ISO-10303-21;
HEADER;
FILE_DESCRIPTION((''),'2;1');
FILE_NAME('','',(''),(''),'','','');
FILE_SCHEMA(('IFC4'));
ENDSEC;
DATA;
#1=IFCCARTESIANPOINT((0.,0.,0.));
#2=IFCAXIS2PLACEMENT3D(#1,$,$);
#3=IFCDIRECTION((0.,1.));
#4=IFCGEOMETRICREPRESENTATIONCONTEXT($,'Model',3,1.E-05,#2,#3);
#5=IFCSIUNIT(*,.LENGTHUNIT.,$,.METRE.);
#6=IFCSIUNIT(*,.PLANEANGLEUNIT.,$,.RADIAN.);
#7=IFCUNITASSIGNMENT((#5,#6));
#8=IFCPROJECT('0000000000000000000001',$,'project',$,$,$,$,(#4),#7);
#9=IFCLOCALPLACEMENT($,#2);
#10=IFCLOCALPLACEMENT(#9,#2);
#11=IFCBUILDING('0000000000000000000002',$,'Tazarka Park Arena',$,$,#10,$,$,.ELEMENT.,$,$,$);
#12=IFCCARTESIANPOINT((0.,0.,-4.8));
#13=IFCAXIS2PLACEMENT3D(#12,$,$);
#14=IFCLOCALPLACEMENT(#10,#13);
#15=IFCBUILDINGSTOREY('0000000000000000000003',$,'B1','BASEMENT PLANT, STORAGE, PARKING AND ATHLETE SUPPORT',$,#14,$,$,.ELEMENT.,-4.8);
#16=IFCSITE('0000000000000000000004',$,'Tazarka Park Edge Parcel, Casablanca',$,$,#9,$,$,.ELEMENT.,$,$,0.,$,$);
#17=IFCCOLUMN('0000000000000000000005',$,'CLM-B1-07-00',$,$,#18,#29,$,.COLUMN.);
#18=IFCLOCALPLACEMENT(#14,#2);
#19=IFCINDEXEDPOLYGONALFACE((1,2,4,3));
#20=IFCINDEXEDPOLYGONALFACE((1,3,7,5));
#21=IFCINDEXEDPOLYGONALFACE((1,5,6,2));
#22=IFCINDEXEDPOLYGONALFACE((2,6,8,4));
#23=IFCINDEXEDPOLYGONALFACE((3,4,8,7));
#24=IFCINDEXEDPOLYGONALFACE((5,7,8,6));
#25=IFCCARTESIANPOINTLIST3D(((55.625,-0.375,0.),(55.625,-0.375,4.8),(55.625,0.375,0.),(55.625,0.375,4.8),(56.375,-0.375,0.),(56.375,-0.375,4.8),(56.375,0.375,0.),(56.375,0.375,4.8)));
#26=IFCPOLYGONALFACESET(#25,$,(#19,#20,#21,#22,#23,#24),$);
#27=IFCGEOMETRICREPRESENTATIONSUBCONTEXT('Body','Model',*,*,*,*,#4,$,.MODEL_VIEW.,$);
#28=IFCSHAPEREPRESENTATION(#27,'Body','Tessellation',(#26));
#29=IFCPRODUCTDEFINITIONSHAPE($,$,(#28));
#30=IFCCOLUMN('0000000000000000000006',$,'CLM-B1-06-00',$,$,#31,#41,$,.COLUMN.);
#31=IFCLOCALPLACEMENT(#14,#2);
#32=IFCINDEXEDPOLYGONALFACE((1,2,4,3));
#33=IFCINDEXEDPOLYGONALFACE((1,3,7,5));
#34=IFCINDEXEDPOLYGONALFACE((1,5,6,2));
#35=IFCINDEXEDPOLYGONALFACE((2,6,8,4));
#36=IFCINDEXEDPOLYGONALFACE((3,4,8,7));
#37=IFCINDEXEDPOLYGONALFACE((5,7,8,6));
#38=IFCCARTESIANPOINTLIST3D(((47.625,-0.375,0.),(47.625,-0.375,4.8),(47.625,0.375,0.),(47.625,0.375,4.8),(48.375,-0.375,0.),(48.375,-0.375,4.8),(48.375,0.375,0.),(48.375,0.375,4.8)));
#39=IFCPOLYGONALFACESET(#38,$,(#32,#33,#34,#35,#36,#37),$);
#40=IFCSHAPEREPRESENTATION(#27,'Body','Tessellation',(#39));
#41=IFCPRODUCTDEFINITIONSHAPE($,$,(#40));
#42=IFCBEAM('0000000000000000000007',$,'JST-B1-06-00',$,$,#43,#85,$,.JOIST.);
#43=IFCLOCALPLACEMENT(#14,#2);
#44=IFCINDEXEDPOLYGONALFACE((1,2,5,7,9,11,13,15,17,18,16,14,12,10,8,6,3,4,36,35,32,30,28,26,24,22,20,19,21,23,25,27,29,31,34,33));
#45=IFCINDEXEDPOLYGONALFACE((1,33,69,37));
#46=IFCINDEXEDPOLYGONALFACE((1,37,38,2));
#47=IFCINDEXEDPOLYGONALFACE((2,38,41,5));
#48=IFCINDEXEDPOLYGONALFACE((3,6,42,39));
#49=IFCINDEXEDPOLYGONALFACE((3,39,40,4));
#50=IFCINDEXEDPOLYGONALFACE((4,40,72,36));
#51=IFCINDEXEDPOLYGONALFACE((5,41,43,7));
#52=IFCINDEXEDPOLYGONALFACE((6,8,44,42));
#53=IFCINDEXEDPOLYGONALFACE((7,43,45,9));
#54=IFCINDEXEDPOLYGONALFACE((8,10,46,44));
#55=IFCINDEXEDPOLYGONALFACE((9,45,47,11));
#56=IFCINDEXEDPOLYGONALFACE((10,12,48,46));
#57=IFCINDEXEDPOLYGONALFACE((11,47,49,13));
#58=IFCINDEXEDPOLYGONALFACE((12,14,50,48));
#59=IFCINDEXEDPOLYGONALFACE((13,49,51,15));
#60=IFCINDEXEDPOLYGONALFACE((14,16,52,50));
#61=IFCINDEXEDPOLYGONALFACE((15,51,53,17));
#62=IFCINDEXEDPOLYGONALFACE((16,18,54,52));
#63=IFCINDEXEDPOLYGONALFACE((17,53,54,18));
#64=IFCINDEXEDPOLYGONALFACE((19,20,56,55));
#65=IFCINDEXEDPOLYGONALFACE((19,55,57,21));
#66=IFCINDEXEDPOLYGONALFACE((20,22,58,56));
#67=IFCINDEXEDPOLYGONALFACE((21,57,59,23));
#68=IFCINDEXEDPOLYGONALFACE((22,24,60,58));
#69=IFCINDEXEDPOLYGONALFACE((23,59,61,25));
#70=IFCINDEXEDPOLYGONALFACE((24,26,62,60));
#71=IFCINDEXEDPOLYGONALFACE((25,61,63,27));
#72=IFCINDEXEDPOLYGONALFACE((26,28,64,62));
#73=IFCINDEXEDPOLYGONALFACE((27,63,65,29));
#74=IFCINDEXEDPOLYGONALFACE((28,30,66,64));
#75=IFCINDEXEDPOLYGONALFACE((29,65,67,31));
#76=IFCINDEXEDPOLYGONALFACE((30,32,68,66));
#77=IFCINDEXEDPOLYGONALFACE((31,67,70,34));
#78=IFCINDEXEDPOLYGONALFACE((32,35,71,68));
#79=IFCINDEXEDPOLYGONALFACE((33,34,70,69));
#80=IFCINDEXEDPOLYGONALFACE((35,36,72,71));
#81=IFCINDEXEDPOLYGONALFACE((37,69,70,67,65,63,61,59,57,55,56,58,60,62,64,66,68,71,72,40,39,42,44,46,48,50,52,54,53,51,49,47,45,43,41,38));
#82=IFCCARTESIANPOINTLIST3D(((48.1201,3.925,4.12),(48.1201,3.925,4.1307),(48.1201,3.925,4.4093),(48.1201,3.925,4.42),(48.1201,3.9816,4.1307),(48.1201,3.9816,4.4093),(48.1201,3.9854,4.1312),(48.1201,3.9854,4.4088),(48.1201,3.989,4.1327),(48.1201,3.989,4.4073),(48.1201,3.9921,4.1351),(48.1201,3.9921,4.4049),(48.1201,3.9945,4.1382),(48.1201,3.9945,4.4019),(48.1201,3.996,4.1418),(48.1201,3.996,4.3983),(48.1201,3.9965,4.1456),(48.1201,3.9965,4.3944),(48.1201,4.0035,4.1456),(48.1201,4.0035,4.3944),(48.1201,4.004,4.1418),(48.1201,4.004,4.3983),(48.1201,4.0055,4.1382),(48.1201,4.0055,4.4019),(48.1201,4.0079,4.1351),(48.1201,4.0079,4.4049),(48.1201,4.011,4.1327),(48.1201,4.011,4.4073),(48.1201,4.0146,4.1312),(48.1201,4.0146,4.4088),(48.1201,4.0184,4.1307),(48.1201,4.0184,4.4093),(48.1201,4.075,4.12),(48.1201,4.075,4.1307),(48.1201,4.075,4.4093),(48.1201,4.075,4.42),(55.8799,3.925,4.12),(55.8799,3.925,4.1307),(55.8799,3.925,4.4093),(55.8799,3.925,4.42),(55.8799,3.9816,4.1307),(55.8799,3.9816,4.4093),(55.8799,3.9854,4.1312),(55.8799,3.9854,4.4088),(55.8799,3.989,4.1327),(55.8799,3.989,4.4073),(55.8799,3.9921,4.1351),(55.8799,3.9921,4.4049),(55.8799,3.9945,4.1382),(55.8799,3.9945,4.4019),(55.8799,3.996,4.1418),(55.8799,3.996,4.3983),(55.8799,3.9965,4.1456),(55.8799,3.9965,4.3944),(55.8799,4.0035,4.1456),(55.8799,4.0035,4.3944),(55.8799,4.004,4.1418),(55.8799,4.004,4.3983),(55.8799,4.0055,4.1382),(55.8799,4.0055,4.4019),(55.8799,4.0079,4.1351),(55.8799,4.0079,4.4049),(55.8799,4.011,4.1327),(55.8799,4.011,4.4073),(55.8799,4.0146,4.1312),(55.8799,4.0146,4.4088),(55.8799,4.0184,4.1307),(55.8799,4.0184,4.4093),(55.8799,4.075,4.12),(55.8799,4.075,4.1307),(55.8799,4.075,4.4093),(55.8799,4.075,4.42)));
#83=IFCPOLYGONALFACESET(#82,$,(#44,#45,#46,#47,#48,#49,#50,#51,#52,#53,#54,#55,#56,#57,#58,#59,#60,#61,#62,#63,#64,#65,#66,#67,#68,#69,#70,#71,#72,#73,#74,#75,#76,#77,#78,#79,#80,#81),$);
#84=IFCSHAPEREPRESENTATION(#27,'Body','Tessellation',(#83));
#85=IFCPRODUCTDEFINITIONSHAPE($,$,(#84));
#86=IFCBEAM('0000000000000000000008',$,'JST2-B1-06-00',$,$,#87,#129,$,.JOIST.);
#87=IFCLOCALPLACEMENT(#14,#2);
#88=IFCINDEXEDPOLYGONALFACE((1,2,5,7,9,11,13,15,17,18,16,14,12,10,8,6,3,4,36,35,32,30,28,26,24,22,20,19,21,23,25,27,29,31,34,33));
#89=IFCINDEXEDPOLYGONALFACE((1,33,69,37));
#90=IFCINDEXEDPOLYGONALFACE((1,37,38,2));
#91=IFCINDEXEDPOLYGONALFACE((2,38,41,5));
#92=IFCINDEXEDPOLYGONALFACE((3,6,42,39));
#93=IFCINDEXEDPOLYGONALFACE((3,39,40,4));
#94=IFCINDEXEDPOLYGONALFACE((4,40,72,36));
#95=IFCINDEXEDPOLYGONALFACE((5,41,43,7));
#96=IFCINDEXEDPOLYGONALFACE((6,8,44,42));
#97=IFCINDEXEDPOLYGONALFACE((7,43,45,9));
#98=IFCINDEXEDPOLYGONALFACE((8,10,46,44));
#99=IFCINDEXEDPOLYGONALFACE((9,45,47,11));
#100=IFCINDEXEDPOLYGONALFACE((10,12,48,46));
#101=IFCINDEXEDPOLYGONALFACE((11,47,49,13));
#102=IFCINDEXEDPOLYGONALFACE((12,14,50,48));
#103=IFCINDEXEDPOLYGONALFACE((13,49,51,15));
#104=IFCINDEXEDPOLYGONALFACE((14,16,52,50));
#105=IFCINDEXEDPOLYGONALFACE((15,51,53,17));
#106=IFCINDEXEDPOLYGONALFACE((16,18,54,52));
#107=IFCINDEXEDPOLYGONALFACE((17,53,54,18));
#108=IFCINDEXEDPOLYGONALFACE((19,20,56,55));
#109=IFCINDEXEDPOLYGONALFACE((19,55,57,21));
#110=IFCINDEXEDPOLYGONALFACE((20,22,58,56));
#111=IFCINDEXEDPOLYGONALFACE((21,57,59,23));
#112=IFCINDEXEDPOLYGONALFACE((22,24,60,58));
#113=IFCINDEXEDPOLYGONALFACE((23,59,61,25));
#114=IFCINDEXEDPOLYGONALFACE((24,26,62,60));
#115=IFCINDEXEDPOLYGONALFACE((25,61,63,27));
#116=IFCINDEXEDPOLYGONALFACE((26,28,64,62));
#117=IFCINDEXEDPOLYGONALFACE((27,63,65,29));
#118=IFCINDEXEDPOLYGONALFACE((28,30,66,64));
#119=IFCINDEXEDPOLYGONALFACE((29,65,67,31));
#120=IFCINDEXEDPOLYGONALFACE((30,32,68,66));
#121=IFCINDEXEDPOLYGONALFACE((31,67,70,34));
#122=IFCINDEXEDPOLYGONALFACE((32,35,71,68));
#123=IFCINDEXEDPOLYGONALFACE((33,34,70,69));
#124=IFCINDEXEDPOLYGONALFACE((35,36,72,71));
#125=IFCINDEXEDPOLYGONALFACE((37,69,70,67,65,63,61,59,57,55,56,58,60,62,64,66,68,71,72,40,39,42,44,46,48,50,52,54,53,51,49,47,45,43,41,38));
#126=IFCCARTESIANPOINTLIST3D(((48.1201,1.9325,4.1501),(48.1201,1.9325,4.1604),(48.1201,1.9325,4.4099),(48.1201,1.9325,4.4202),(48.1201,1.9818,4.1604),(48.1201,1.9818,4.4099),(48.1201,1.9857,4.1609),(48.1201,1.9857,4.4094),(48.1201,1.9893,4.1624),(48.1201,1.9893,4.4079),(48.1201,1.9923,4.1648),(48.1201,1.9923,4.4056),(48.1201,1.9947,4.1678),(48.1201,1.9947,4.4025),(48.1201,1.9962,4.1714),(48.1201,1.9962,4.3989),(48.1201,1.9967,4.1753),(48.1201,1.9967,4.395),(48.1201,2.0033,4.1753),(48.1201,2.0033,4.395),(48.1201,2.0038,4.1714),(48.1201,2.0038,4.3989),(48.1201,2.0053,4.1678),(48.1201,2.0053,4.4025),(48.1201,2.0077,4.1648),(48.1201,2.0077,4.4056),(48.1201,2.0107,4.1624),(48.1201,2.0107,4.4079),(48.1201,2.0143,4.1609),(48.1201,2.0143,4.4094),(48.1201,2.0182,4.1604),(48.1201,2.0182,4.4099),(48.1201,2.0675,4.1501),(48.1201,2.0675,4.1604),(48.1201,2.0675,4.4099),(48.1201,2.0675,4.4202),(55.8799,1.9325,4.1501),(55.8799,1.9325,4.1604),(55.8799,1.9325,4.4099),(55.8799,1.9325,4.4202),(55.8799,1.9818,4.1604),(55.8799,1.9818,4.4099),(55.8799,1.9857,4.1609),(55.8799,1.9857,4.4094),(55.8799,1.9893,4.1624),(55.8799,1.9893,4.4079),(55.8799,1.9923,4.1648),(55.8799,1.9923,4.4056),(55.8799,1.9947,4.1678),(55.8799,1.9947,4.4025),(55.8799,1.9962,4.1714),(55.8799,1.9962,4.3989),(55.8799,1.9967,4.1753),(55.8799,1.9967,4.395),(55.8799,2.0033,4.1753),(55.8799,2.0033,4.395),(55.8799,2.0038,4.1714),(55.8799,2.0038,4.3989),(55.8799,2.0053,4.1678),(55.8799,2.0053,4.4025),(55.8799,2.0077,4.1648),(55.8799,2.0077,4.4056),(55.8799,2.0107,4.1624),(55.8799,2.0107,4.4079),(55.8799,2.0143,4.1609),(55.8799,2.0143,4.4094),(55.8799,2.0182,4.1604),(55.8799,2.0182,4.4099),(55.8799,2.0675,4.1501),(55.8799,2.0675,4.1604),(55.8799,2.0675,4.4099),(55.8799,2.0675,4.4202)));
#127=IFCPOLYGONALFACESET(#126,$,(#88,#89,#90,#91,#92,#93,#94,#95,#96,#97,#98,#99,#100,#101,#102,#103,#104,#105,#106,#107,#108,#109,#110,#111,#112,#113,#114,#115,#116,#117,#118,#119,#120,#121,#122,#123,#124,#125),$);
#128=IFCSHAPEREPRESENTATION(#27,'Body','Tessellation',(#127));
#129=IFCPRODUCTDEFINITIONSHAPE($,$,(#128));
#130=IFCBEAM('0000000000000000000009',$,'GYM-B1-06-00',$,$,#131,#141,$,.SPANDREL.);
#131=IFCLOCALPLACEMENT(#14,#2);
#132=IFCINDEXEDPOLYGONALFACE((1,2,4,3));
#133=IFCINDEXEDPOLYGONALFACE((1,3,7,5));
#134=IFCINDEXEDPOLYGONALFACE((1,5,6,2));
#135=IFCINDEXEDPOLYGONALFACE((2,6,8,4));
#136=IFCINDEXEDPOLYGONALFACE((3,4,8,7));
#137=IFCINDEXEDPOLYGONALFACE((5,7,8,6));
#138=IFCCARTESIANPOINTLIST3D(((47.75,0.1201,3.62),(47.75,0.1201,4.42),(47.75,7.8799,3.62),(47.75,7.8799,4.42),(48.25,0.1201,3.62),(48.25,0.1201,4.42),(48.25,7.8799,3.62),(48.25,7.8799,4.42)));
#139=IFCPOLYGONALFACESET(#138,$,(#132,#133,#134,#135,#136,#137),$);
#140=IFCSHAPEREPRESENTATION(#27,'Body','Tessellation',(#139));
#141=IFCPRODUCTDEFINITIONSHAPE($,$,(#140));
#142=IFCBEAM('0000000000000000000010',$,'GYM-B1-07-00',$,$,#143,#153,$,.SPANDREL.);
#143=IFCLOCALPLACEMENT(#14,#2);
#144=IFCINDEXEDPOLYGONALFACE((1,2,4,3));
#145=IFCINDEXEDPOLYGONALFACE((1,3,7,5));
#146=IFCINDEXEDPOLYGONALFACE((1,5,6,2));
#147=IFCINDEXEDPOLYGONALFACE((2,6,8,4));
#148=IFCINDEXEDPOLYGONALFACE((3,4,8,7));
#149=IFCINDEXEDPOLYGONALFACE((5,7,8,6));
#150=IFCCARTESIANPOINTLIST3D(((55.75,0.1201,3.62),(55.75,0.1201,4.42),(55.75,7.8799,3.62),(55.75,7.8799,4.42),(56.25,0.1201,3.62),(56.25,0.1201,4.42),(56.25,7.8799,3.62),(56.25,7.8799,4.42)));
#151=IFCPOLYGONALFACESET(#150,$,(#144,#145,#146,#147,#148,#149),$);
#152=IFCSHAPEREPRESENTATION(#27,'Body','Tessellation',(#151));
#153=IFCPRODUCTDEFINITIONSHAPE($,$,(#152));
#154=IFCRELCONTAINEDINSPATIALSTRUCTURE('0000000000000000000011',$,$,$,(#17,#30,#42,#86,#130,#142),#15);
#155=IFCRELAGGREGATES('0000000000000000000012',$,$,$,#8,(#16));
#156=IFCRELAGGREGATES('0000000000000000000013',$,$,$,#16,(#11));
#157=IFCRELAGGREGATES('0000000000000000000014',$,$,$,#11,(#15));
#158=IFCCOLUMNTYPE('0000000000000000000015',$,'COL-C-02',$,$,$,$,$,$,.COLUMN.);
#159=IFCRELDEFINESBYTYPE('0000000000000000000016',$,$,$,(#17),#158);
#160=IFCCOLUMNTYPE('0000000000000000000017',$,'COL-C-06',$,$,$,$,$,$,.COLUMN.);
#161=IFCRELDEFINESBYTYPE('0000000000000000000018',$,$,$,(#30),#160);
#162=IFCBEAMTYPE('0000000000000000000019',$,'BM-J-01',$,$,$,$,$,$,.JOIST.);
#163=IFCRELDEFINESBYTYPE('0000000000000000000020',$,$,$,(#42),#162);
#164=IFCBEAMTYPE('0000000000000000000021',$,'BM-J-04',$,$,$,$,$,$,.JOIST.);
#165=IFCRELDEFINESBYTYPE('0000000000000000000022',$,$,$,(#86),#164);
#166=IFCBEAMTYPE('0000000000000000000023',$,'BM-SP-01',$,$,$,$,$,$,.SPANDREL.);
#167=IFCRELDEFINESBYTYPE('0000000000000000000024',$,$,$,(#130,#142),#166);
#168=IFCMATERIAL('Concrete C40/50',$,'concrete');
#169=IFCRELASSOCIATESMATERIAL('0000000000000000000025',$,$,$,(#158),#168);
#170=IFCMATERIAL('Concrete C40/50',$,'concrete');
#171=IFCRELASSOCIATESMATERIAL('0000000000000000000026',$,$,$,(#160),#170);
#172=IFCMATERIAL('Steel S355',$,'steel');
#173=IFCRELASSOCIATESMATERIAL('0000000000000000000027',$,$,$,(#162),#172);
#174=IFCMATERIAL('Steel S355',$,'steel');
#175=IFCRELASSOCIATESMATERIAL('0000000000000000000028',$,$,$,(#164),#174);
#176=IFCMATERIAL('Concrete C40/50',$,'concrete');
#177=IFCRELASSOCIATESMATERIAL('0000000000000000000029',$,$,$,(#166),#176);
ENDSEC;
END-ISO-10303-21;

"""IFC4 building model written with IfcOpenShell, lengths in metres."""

from ifc_helpers import new_model, si_unit, direction, frame, origin, origin_2d, place, context, subcontext, project, spatial, rectangle, i_section, extrude, material, material_profile, profile_set, type_object, element, save


model = new_model("IFC4")

# Units and contexts
model_context = context("Model", 3, precision=1e-05, world=origin(), true_north=direction((0.0, 1.0)))
body_context = subcontext(model_context, "Body", "Model", "MODEL_VIEW")
ifc_project = project(units=[si_unit("LENGTHUNIT", "METRE"), si_unit("PLANEANGLEUNIT", "RADIAN")], contexts=[model_context])

# Site, building, storey
site_placement = place(None, origin())
site = spatial("IfcSite", under=ifc_project, at=site_placement, Name="Tazarka Park Edge Parcel, Casablanca", CompositionType="ELEMENT", RefElevation=0.0)
building_placement = place(site_placement, origin())
building = spatial("IfcBuilding", under=site, at=building_placement, Name="Tazarka Park Arena", CompositionType="ELEMENT")
storey_placement = place(building_placement, frame((0.0, 0.0, -4.8)))
storey = spatial("IfcBuildingStorey", under=building, at=storey_placement, Name="B1", Description="BASEMENT PLANT, STORAGE, PARKING AND ATHLETE SUPPORT", CompositionType="ELEMENT", Elevation=-4.8)

# Columns
ifc_material_1 = material(Name="Concrete C40/50", Category="concrete")
ifc_material_profile_1 = material_profile(ifc_material_1, rectangle(XDim=0.75, YDim=0.75, at=origin_2d()), Name="Concrete C40/50")
ifc_profile_set_1 = profile_set([ifc_material_profile_1], Name="Concrete C40/50")
column_type_1 = type_object("IfcColumnType", Name="COL-C-02", PredefinedType="COLUMN", material=ifc_profile_set_1)
column_1_placement = place(storey_placement, frame((56.0, 0.0, 0.0), z_axis=(0.0, 0.0, 1.0), x_axis=(1.0, 0.0, 0.0)))
element("IfcColumn", 1, at=column_1_placement, inside=storey, type_object=column_type_1, Name="CLM-B1-07-00", PredefinedType="COLUMN", context=body_context, shape_type="SweptSolid", body=[
    extrude(rectangle(XDim=0.75, YDim=0.75, at=origin_2d()), origin(), (0.0, 0.0, 1.0), 4.8),
])
ifc_material_2 = material(Name="Concrete C40/50", Category="concrete")
ifc_material_profile_2 = material_profile(ifc_material_2, rectangle(XDim=0.75, YDim=0.75, at=origin_2d()), Name="Concrete C40/50")
ifc_profile_set_2 = profile_set([ifc_material_profile_2], Name="Concrete C40/50")
column_type_2 = type_object("IfcColumnType", Name="COL-C-06", PredefinedType="COLUMN", material=ifc_profile_set_2)
column_2_placement = place(storey_placement, frame((48.0, 0.0, 0.0), z_axis=(0.0, 0.0, 1.0), x_axis=(1.0, 0.0, 0.0)))
element("IfcColumn", 2, at=column_2_placement, inside=storey, type_object=column_type_2, Name="CLM-B1-06-00", PredefinedType="COLUMN", context=body_context, shape_type="SweptSolid", body=[
    extrude(rectangle(XDim=0.75, YDim=0.75, at=origin_2d()), origin(), (0.0, 0.0, 1.0), 4.8),
])

# Beams
ifc_material_3 = material(Name="Steel S355", Category="steel")
ifc_material_profile_3 = material_profile(ifc_material_3, i_section(OverallWidth=0.1499, OverallDepth=0.3, WebThickness=0.0071, FlangeThickness=0.0107, FilletRadius=0.0149, at=origin_2d()), Name="Steel S355")
ifc_profile_set_3 = profile_set([ifc_material_profile_3], Name="Steel S355")
beam_type_1 = type_object("IfcBeamType", Name="BM-J-01", PredefinedType="JOIST", material=ifc_profile_set_3)
beam_1_placement = place(storey_placement, frame((48.1201, 4.0, 4.27), z_axis=(1.0, 0.0, 0.0), x_axis=(0.0, 1.0, 0.0)))
element("IfcBeam", 3, at=beam_1_placement, inside=storey, type_object=beam_type_1, Name="JST-B1-06-00", PredefinedType="JOIST", context=body_context, shape_type="SweptSolid", body=[
    extrude(i_section(OverallWidth=0.1499, OverallDepth=0.3, WebThickness=0.0071, FlangeThickness=0.0107, FilletRadius=0.0149, at=origin_2d()), origin(), (0.0, 0.0, 1.0), 7.7598),
])
ifc_material_4 = material(Name="Steel S355", Category="steel")
ifc_material_profile_4 = material_profile(ifc_material_4, i_section(OverallWidth=0.135, OverallDepth=0.27, WebThickness=0.0066, FlangeThickness=0.0103, FilletRadius=0.0149, at=origin_2d()), Name="Steel S355")
ifc_profile_set_4 = profile_set([ifc_material_profile_4], Name="Steel S355")
beam_type_2 = type_object("IfcBeamType", Name="BM-J-04", PredefinedType="JOIST", material=ifc_profile_set_4)
beam_2_placement = place(storey_placement, frame((48.1201, 2.0, 4.2852), z_axis=(1.0, 0.0, 0.0), x_axis=(0.0, 1.0, 0.0)))
element("IfcBeam", 4, at=beam_2_placement, inside=storey, type_object=beam_type_2, Name="JST2-B1-06-00", PredefinedType="JOIST", context=body_context, shape_type="SweptSolid", body=[
    extrude(i_section(OverallWidth=0.135, OverallDepth=0.27, WebThickness=0.0066, FlangeThickness=0.0103, FilletRadius=0.0149, at=origin_2d()), origin(), (0.0, 0.0, 1.0), 7.7598),
])
ifc_material_5 = material(Name="Concrete C40/50", Category="concrete")
ifc_material_profile_5 = material_profile(ifc_material_5, rectangle(XDim=0.5, YDim=0.8, at=origin_2d()), Name="Concrete C40/50")
ifc_profile_set_5 = profile_set([ifc_material_profile_5], Name="Concrete C40/50")
beam_type_3 = type_object("IfcBeamType", Name="BM-SP-01", PredefinedType="SPANDREL", material=ifc_profile_set_5)
for number, where, z_axis, x_axis, name in (
    (5, (48.0, 0.1201, 4.02), (0.0, 1.0, 0.0), (-1.0, 0.0, 0.0), "GYM-B1-06-00"),
    (6, (56.0, 0.1201, 4.02), (0.0, 1.0, 0.0), (-1.0, 0.0, 0.0), "GYM-B1-07-00"),
):
    element("IfcBeam", number, at=place(storey_placement, frame(where, z_axis=z_axis, x_axis=x_axis)), inside=storey, type_object=beam_type_3, Name=name, PredefinedType="SPANDREL", context=body_context, shape_type="SweptSolid", body=[
        extrude(rectangle(XDim=0.5, YDim=0.8, at=origin_2d()), origin(), (0.0, 0.0, 1.0), 7.7598),
    ])

save(model, "model.ifc")
